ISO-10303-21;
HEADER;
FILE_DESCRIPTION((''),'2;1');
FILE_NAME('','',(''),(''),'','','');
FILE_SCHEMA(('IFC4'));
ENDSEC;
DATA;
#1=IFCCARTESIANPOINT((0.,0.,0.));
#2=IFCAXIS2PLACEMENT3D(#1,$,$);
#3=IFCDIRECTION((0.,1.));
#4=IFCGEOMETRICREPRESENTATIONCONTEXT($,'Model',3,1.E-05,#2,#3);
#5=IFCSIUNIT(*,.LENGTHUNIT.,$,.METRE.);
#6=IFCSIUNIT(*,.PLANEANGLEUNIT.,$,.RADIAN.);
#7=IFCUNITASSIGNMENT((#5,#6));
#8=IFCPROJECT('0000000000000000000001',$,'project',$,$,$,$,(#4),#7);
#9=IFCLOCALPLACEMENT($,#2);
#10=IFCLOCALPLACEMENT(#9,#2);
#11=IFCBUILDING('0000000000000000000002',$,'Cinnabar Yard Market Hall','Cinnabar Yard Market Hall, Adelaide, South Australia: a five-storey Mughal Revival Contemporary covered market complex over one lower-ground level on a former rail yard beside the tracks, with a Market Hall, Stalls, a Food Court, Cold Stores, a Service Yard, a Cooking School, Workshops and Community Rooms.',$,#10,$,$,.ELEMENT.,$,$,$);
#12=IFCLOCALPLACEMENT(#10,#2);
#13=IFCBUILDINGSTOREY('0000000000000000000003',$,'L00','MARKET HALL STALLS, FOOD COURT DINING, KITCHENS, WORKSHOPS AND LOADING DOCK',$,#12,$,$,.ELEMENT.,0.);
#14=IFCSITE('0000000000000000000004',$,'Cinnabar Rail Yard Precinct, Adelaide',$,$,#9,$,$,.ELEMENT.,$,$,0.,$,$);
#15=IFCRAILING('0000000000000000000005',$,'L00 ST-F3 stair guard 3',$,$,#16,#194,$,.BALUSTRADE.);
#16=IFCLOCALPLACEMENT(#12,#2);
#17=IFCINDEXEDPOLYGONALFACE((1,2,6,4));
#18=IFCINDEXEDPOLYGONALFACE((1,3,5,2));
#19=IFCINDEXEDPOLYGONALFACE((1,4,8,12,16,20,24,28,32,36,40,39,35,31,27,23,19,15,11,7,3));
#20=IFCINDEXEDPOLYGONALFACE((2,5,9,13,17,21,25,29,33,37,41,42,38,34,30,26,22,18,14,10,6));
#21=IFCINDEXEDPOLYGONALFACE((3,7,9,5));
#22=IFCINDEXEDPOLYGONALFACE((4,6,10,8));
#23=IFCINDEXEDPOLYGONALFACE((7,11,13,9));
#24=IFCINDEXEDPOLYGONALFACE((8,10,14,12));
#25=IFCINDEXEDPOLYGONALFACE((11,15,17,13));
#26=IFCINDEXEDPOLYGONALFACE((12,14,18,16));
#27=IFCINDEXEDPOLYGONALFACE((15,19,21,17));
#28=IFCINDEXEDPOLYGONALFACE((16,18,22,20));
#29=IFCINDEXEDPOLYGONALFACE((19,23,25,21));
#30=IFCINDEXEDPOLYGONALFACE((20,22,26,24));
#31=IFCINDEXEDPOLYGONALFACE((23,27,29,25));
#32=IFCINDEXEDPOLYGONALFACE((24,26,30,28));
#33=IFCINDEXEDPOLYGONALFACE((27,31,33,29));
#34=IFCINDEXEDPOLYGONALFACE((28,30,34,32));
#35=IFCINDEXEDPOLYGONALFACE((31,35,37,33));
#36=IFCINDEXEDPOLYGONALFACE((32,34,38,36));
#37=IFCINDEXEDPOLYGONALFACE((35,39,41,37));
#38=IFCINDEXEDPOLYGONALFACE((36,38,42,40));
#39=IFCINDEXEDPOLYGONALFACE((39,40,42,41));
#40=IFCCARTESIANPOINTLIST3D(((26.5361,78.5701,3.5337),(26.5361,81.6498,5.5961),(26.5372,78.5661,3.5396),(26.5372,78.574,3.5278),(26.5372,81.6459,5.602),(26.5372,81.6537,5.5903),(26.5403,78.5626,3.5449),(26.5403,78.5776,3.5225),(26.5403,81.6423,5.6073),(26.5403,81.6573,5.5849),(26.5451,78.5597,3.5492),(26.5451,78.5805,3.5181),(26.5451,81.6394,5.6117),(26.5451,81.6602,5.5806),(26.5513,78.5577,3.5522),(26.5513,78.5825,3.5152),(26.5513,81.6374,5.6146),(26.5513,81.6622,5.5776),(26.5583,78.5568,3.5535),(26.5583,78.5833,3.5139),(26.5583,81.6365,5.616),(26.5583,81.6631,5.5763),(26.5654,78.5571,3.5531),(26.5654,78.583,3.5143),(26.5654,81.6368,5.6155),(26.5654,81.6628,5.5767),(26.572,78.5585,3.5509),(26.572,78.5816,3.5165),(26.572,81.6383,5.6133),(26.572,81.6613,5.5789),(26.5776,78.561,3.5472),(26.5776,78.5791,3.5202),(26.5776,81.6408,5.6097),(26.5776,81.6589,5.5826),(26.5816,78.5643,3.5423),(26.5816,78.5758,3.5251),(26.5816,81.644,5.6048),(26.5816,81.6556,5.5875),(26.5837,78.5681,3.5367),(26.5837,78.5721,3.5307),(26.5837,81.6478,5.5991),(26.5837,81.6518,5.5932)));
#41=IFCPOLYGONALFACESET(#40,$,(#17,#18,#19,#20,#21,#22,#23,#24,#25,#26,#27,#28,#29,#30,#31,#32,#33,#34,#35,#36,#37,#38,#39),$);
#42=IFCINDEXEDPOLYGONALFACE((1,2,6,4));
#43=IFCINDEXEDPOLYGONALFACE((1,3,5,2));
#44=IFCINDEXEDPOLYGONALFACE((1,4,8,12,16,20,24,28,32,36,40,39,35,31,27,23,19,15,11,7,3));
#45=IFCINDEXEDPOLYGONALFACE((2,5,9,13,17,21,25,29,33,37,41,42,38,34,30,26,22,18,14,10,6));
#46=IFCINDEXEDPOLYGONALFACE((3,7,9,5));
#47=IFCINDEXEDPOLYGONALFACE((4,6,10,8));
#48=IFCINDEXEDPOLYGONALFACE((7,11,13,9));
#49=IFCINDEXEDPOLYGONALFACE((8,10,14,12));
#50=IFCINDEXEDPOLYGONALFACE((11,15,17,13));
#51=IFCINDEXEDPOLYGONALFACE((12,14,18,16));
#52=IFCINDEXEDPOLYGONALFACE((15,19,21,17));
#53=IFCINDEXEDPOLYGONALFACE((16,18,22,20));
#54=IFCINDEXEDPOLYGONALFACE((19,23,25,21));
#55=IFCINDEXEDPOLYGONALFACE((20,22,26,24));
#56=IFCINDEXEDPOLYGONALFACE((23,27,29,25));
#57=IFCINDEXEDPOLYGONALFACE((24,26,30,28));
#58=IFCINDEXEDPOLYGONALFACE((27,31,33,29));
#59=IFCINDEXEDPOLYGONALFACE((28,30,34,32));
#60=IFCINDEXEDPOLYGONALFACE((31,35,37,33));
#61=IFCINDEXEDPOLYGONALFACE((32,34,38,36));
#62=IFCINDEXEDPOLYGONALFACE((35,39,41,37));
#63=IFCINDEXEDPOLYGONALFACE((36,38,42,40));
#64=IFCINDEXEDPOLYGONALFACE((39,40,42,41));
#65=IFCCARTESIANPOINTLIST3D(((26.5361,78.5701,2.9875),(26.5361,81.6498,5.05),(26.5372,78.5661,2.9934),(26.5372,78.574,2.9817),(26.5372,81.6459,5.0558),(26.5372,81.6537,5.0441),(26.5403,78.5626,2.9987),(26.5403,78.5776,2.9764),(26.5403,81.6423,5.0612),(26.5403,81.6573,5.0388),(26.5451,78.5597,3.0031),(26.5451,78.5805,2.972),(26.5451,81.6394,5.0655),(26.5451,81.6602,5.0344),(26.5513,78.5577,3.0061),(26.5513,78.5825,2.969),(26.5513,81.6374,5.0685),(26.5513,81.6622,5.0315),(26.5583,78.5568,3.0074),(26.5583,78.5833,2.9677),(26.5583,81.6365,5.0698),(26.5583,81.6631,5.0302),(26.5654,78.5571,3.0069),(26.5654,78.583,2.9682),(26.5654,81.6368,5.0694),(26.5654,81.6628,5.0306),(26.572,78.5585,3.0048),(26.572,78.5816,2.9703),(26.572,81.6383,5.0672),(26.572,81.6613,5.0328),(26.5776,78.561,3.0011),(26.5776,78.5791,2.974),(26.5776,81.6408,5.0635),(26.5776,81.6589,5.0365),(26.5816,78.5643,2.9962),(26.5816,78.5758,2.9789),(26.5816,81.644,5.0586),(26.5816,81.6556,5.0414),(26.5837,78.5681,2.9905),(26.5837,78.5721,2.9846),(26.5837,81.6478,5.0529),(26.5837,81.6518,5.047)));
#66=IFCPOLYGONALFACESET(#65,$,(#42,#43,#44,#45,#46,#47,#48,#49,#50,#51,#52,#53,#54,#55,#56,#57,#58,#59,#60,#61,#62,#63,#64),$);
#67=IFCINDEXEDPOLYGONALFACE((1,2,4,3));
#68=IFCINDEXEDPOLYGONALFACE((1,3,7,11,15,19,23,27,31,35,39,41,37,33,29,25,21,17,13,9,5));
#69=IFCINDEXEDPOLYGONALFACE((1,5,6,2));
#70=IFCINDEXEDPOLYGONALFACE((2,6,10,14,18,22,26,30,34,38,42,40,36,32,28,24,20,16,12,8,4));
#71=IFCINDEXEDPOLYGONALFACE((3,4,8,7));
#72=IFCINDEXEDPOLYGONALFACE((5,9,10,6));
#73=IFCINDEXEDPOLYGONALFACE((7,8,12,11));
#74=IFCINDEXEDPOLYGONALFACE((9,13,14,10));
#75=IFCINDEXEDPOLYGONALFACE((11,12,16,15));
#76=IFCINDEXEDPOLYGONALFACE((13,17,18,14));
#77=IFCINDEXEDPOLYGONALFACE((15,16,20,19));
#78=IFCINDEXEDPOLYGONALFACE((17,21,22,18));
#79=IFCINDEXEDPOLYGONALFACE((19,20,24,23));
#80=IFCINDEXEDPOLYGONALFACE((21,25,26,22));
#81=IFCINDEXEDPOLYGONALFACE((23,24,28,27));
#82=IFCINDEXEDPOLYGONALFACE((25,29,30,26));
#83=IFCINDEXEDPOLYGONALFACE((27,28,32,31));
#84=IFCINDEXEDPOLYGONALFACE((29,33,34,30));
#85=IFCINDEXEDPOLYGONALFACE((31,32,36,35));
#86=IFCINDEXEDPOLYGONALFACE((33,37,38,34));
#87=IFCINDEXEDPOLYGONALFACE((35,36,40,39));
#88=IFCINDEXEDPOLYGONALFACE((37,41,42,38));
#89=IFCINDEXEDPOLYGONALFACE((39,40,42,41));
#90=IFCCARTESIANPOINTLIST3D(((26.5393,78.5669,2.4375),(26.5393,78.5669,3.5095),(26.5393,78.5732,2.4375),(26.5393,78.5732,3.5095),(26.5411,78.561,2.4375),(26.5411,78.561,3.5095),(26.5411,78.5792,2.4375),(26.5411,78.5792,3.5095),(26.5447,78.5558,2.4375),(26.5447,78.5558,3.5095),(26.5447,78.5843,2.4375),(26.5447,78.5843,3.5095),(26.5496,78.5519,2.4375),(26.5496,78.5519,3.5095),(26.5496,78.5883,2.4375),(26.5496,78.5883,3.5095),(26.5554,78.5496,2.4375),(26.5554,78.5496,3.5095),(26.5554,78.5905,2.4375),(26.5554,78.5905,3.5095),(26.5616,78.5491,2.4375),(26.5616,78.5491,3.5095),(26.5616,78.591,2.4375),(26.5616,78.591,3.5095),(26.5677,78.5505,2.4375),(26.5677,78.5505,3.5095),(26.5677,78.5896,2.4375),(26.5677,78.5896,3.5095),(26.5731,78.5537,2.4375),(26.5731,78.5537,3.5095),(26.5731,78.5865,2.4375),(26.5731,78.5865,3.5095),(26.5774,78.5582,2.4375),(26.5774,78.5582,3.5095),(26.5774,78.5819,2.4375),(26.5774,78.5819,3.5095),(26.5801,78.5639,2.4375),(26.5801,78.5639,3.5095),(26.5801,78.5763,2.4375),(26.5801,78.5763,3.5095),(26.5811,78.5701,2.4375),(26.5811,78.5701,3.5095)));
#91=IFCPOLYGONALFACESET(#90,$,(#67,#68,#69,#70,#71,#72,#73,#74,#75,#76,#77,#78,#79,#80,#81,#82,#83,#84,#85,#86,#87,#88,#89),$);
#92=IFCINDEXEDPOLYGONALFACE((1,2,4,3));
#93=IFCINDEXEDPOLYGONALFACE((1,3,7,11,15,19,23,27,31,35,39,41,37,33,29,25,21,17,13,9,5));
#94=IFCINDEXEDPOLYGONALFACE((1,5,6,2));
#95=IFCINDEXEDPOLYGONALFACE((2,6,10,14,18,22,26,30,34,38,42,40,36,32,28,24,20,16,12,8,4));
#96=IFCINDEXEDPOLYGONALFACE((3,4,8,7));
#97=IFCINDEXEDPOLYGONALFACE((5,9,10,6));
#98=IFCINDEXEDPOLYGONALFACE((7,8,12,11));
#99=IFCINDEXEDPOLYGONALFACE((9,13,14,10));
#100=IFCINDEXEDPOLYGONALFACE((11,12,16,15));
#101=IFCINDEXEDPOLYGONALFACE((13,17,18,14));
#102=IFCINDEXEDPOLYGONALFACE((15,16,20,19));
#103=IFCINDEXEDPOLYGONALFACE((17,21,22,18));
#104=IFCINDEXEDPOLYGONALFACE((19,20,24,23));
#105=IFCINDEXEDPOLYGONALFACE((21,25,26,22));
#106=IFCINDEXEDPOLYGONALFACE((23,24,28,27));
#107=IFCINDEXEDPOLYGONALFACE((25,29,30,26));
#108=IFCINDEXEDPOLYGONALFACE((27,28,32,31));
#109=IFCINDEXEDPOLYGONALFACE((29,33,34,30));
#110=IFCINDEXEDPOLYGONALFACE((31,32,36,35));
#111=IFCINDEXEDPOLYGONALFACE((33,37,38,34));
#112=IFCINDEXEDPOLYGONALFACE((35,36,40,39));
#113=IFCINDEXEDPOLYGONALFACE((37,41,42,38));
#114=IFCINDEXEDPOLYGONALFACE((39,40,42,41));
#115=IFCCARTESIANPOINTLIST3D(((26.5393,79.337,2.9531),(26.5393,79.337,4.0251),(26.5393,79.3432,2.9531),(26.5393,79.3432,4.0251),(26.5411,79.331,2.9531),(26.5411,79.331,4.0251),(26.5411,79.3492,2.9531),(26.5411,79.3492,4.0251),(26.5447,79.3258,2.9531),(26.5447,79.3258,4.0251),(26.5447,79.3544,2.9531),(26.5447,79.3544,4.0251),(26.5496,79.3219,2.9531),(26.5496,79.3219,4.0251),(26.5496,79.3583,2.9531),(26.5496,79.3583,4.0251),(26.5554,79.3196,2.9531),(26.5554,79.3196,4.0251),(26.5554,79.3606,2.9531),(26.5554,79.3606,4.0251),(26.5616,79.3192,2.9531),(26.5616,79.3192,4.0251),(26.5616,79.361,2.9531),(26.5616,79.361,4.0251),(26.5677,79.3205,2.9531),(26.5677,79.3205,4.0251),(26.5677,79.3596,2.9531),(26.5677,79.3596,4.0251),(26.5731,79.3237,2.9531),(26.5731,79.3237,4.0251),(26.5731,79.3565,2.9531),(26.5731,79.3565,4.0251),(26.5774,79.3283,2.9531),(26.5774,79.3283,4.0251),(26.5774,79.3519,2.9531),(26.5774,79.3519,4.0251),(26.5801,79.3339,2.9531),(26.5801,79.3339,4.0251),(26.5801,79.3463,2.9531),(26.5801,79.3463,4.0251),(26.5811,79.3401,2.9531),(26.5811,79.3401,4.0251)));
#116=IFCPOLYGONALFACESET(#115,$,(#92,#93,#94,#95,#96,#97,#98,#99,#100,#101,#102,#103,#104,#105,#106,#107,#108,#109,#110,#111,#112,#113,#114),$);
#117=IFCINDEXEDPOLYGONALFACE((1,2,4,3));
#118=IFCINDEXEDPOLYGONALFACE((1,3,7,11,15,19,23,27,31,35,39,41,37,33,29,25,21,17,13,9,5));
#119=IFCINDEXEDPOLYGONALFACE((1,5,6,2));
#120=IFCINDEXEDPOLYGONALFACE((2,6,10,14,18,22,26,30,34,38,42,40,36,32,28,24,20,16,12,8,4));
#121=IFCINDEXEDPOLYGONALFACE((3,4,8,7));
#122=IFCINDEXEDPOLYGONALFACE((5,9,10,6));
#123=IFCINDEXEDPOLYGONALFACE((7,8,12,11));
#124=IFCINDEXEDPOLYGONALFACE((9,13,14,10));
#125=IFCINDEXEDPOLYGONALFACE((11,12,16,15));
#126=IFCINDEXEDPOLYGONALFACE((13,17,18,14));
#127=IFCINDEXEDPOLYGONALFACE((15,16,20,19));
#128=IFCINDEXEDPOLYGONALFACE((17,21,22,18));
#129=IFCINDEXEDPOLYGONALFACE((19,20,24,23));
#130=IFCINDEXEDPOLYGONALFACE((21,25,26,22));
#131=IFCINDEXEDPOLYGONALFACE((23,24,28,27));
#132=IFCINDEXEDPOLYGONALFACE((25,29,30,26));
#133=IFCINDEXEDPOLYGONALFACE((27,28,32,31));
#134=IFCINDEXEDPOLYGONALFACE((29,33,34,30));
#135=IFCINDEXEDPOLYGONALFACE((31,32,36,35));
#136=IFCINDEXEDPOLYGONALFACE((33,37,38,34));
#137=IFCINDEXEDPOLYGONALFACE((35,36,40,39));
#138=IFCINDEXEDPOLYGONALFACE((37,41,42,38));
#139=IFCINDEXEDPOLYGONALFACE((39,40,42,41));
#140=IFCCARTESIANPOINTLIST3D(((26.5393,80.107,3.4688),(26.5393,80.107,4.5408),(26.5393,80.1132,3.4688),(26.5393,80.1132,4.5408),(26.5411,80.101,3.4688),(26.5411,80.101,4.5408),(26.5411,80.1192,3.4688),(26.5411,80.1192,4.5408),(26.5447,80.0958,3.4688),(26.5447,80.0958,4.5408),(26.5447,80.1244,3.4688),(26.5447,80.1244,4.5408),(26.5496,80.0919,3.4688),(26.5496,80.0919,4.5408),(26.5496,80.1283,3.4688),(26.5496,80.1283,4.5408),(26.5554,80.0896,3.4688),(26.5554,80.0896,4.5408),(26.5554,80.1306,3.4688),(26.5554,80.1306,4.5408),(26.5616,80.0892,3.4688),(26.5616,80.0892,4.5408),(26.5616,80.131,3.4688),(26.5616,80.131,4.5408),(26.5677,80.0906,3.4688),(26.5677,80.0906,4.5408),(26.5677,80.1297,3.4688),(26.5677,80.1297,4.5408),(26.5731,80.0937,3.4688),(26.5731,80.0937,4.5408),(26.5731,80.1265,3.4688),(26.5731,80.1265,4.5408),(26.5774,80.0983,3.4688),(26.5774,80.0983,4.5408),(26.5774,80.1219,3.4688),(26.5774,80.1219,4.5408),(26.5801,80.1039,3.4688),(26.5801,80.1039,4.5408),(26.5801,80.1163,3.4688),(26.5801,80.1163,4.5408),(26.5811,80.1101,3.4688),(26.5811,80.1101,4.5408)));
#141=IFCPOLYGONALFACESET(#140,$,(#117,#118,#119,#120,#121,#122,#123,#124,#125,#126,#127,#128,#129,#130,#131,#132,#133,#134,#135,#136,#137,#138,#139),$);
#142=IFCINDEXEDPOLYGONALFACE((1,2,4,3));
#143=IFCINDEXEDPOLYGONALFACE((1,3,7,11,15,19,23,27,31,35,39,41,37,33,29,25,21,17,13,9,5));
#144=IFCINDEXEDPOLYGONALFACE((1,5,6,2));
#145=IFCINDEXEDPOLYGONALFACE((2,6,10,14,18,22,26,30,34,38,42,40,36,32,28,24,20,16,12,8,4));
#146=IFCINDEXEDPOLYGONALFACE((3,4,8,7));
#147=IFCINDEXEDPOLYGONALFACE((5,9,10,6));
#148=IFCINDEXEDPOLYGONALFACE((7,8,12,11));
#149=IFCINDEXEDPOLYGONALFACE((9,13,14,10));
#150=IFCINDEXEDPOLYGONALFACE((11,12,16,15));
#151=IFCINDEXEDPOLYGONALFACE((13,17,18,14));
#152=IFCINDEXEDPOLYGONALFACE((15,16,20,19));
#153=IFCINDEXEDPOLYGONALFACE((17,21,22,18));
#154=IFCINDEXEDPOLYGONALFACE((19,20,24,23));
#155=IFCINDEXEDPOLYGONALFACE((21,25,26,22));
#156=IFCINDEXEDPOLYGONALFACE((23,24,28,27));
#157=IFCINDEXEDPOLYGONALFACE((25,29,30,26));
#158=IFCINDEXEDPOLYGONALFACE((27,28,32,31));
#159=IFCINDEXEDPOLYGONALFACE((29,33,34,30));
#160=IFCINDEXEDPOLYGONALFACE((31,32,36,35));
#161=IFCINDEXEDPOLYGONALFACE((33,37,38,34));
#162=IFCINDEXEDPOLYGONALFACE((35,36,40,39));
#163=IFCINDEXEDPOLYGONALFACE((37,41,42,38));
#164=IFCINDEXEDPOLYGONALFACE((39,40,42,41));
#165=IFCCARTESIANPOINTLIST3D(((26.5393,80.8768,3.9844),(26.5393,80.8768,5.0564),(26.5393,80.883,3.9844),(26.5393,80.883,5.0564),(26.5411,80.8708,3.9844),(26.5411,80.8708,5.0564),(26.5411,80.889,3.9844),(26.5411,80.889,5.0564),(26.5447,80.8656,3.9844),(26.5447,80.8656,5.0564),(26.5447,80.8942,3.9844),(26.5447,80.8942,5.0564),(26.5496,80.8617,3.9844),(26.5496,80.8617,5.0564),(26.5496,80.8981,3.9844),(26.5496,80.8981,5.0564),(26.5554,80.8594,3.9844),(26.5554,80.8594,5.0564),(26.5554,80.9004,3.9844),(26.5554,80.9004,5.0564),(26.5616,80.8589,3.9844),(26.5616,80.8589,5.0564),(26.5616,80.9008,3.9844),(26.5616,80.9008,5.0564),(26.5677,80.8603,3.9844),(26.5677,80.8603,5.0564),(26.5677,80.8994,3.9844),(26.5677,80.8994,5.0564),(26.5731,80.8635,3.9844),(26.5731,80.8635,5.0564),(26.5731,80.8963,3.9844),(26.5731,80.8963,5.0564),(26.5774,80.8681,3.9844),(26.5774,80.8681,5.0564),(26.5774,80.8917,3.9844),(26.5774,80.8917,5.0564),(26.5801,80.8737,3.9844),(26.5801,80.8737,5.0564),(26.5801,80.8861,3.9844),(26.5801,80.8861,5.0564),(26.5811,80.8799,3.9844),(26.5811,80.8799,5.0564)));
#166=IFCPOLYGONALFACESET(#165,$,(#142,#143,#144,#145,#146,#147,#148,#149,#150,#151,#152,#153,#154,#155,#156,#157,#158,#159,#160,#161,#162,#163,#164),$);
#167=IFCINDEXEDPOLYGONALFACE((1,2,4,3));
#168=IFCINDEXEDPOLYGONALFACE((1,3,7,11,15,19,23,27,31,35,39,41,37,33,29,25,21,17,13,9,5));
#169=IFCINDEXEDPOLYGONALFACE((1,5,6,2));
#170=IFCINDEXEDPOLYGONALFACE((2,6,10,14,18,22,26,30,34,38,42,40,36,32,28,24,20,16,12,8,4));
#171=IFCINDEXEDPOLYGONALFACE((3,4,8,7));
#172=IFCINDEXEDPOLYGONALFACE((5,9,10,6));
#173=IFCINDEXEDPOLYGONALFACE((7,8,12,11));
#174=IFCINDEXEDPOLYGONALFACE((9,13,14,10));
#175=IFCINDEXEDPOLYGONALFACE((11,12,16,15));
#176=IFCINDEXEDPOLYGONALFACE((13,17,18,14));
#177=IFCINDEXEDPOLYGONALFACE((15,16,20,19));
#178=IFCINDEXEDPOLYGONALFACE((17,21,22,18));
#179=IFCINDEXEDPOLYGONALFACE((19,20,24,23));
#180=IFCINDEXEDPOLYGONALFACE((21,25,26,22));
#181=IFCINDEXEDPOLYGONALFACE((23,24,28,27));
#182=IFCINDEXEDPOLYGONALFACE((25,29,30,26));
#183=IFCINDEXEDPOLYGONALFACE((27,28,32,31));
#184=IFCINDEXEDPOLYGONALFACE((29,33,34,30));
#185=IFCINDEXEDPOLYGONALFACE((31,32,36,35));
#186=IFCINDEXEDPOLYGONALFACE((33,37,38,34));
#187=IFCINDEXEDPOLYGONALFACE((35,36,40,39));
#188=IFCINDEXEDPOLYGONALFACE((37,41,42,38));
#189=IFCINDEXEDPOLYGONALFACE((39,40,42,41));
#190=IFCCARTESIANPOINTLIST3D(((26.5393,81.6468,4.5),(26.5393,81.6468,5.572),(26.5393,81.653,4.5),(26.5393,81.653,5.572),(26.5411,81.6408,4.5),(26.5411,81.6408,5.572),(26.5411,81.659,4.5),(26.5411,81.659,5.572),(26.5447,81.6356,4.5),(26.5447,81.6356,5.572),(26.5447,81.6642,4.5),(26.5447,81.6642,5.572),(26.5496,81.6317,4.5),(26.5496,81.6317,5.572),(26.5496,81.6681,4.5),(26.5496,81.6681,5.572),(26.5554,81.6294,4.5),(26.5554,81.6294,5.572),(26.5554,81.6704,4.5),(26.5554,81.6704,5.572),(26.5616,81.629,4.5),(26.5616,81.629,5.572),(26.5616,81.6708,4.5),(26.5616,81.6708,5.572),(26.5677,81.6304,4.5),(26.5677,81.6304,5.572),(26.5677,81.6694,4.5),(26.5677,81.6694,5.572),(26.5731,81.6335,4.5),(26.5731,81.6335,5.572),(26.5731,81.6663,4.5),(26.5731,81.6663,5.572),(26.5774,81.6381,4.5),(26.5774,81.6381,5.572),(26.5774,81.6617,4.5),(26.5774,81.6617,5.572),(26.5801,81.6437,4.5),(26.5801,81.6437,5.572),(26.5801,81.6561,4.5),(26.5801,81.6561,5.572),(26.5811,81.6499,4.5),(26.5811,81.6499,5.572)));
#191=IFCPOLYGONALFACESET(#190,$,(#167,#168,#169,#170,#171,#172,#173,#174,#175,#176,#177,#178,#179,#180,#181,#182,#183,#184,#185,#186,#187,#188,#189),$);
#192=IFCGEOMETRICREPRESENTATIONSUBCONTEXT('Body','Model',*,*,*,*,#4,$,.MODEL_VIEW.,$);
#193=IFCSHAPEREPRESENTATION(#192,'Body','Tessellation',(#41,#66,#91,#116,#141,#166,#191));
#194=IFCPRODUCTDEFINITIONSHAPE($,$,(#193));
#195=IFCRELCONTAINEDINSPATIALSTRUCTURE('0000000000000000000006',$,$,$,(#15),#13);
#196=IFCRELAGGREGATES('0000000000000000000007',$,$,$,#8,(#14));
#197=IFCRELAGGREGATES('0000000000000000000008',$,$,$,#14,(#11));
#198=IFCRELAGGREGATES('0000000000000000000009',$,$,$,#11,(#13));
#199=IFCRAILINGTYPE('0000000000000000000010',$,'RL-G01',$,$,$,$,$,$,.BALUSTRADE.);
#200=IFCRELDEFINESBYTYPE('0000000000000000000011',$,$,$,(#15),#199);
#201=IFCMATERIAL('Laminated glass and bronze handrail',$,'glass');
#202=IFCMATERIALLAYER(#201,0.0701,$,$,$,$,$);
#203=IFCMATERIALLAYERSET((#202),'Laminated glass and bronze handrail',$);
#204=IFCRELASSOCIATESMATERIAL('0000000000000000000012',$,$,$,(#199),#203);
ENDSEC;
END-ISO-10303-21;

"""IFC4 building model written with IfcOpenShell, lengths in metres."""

from ifc_helpers import new_model, si_unit, direction, frame, origin, origin_2d_with_axis, place, context, subcontext, project, spatial, circle, extrude, material, layer, layer_set, type_object, element, save


model = new_model("IFC4")

# Units and contexts
model_context = context("Model", 3, precision=1e-05, world=origin(), true_north=direction((0.0, 1.0)))
body_context = subcontext(model_context, "Body", "Model", "MODEL_VIEW")
ifc_project = project(units=[si_unit("LENGTHUNIT", "METRE"), si_unit("PLANEANGLEUNIT", "RADIAN")], contexts=[model_context])

# Site, building, storey
site_placement = place(None, origin())
site = spatial("IfcSite", under=ifc_project, at=site_placement, Name="Cinnabar Rail Yard Precinct, Adelaide", CompositionType="ELEMENT", RefElevation=0.0)
building_placement = place(site_placement, origin())
building = spatial("IfcBuilding", under=site, at=building_placement, Name="Cinnabar Yard Market Hall", Description="Cinnabar Yard Market Hall, Adelaide, South Australia: a five-storey Mughal Revival Contemporary covered market complex over one lower-ground level on a former rail yard beside the tracks, with a Market Hall, Stalls, a Food Court, Cold Stores, a Service Yard, a Cooking School, Workshops and Community Rooms.", CompositionType="ELEMENT")
storey_placement = place(building_placement, origin())
storey = spatial("IfcBuildingStorey", under=building, at=storey_placement, Name="L00", Description="MARKET HALL STALLS, FOOD COURT DINING, KITCHENS, WORKSHOPS AND LOADING DOCK", CompositionType="ELEMENT", Elevation=0.0)

# Railing
ifc_material_1 = material(Name="Laminated glass and bronze handrail", Category="glass")
ifc_layer_1 = layer(ifc_material_1, 0.0701)
ifc_layer_set_1 = layer_set([ifc_layer_1], Name="Laminated glass and bronze handrail")
railing_type_1 = type_object("IfcRailingType", Name="RL-G01", PredefinedType="BALUSTRADE", material=ifc_layer_set_1)
railing_1_placement = place(storey_placement, frame((26.5601, 78.5701, 2.4375)))
element("IfcRailing", 1, at=railing_1_placement, inside=storey, type_object=railing_type_1, Name="L00 ST-F3 stair guard 3", PredefinedType="BALUSTRADE", context=body_context, shape_type="SweptSolid", body=[
    extrude(circle(Radius=0.0239, at=origin_2d_with_axis()), frame((0.0, 0.0, 1.0962), z_axis=(0.0, 0.830893, 0.556432), x_axis=(-1.0, 0.0, 0.0)), (0.0, 0.0, 1.0), 3.7065),
    extrude(circle(Radius=0.0239, at=origin_2d_with_axis()), frame((0.0, 0.0, 0.55), z_axis=(0.0, 0.830893, 0.556432), x_axis=(-1.0, 0.0, 0.0)), (0.0, 0.0, 1.0), 3.7065),
    extrude(circle(Radius=0.021, at=origin_2d_with_axis()), origin(), (0.0, 0.0, 1.0), 1.072),
    extrude(circle(Radius=0.021, at=origin_2d_with_axis()), frame((0.0, 0.77, 0.5156)), (0.0, 0.0, 1.0), 1.072),
    extrude(circle(Radius=0.021, at=origin_2d_with_axis()), frame((0.0, 1.54, 1.0312)), (0.0, 0.0, 1.0), 1.072),
    extrude(circle(Radius=0.021, at=origin_2d_with_axis()), frame((0.0, 2.3098, 1.5469)), (0.0, 0.0, 1.0), 1.072),
    extrude(circle(Radius=0.021, at=origin_2d_with_axis()), frame((0.0, 3.0798, 2.0625)), (0.0, 0.0, 1.0), 1.072),
])

save(model, "model.ifc")
